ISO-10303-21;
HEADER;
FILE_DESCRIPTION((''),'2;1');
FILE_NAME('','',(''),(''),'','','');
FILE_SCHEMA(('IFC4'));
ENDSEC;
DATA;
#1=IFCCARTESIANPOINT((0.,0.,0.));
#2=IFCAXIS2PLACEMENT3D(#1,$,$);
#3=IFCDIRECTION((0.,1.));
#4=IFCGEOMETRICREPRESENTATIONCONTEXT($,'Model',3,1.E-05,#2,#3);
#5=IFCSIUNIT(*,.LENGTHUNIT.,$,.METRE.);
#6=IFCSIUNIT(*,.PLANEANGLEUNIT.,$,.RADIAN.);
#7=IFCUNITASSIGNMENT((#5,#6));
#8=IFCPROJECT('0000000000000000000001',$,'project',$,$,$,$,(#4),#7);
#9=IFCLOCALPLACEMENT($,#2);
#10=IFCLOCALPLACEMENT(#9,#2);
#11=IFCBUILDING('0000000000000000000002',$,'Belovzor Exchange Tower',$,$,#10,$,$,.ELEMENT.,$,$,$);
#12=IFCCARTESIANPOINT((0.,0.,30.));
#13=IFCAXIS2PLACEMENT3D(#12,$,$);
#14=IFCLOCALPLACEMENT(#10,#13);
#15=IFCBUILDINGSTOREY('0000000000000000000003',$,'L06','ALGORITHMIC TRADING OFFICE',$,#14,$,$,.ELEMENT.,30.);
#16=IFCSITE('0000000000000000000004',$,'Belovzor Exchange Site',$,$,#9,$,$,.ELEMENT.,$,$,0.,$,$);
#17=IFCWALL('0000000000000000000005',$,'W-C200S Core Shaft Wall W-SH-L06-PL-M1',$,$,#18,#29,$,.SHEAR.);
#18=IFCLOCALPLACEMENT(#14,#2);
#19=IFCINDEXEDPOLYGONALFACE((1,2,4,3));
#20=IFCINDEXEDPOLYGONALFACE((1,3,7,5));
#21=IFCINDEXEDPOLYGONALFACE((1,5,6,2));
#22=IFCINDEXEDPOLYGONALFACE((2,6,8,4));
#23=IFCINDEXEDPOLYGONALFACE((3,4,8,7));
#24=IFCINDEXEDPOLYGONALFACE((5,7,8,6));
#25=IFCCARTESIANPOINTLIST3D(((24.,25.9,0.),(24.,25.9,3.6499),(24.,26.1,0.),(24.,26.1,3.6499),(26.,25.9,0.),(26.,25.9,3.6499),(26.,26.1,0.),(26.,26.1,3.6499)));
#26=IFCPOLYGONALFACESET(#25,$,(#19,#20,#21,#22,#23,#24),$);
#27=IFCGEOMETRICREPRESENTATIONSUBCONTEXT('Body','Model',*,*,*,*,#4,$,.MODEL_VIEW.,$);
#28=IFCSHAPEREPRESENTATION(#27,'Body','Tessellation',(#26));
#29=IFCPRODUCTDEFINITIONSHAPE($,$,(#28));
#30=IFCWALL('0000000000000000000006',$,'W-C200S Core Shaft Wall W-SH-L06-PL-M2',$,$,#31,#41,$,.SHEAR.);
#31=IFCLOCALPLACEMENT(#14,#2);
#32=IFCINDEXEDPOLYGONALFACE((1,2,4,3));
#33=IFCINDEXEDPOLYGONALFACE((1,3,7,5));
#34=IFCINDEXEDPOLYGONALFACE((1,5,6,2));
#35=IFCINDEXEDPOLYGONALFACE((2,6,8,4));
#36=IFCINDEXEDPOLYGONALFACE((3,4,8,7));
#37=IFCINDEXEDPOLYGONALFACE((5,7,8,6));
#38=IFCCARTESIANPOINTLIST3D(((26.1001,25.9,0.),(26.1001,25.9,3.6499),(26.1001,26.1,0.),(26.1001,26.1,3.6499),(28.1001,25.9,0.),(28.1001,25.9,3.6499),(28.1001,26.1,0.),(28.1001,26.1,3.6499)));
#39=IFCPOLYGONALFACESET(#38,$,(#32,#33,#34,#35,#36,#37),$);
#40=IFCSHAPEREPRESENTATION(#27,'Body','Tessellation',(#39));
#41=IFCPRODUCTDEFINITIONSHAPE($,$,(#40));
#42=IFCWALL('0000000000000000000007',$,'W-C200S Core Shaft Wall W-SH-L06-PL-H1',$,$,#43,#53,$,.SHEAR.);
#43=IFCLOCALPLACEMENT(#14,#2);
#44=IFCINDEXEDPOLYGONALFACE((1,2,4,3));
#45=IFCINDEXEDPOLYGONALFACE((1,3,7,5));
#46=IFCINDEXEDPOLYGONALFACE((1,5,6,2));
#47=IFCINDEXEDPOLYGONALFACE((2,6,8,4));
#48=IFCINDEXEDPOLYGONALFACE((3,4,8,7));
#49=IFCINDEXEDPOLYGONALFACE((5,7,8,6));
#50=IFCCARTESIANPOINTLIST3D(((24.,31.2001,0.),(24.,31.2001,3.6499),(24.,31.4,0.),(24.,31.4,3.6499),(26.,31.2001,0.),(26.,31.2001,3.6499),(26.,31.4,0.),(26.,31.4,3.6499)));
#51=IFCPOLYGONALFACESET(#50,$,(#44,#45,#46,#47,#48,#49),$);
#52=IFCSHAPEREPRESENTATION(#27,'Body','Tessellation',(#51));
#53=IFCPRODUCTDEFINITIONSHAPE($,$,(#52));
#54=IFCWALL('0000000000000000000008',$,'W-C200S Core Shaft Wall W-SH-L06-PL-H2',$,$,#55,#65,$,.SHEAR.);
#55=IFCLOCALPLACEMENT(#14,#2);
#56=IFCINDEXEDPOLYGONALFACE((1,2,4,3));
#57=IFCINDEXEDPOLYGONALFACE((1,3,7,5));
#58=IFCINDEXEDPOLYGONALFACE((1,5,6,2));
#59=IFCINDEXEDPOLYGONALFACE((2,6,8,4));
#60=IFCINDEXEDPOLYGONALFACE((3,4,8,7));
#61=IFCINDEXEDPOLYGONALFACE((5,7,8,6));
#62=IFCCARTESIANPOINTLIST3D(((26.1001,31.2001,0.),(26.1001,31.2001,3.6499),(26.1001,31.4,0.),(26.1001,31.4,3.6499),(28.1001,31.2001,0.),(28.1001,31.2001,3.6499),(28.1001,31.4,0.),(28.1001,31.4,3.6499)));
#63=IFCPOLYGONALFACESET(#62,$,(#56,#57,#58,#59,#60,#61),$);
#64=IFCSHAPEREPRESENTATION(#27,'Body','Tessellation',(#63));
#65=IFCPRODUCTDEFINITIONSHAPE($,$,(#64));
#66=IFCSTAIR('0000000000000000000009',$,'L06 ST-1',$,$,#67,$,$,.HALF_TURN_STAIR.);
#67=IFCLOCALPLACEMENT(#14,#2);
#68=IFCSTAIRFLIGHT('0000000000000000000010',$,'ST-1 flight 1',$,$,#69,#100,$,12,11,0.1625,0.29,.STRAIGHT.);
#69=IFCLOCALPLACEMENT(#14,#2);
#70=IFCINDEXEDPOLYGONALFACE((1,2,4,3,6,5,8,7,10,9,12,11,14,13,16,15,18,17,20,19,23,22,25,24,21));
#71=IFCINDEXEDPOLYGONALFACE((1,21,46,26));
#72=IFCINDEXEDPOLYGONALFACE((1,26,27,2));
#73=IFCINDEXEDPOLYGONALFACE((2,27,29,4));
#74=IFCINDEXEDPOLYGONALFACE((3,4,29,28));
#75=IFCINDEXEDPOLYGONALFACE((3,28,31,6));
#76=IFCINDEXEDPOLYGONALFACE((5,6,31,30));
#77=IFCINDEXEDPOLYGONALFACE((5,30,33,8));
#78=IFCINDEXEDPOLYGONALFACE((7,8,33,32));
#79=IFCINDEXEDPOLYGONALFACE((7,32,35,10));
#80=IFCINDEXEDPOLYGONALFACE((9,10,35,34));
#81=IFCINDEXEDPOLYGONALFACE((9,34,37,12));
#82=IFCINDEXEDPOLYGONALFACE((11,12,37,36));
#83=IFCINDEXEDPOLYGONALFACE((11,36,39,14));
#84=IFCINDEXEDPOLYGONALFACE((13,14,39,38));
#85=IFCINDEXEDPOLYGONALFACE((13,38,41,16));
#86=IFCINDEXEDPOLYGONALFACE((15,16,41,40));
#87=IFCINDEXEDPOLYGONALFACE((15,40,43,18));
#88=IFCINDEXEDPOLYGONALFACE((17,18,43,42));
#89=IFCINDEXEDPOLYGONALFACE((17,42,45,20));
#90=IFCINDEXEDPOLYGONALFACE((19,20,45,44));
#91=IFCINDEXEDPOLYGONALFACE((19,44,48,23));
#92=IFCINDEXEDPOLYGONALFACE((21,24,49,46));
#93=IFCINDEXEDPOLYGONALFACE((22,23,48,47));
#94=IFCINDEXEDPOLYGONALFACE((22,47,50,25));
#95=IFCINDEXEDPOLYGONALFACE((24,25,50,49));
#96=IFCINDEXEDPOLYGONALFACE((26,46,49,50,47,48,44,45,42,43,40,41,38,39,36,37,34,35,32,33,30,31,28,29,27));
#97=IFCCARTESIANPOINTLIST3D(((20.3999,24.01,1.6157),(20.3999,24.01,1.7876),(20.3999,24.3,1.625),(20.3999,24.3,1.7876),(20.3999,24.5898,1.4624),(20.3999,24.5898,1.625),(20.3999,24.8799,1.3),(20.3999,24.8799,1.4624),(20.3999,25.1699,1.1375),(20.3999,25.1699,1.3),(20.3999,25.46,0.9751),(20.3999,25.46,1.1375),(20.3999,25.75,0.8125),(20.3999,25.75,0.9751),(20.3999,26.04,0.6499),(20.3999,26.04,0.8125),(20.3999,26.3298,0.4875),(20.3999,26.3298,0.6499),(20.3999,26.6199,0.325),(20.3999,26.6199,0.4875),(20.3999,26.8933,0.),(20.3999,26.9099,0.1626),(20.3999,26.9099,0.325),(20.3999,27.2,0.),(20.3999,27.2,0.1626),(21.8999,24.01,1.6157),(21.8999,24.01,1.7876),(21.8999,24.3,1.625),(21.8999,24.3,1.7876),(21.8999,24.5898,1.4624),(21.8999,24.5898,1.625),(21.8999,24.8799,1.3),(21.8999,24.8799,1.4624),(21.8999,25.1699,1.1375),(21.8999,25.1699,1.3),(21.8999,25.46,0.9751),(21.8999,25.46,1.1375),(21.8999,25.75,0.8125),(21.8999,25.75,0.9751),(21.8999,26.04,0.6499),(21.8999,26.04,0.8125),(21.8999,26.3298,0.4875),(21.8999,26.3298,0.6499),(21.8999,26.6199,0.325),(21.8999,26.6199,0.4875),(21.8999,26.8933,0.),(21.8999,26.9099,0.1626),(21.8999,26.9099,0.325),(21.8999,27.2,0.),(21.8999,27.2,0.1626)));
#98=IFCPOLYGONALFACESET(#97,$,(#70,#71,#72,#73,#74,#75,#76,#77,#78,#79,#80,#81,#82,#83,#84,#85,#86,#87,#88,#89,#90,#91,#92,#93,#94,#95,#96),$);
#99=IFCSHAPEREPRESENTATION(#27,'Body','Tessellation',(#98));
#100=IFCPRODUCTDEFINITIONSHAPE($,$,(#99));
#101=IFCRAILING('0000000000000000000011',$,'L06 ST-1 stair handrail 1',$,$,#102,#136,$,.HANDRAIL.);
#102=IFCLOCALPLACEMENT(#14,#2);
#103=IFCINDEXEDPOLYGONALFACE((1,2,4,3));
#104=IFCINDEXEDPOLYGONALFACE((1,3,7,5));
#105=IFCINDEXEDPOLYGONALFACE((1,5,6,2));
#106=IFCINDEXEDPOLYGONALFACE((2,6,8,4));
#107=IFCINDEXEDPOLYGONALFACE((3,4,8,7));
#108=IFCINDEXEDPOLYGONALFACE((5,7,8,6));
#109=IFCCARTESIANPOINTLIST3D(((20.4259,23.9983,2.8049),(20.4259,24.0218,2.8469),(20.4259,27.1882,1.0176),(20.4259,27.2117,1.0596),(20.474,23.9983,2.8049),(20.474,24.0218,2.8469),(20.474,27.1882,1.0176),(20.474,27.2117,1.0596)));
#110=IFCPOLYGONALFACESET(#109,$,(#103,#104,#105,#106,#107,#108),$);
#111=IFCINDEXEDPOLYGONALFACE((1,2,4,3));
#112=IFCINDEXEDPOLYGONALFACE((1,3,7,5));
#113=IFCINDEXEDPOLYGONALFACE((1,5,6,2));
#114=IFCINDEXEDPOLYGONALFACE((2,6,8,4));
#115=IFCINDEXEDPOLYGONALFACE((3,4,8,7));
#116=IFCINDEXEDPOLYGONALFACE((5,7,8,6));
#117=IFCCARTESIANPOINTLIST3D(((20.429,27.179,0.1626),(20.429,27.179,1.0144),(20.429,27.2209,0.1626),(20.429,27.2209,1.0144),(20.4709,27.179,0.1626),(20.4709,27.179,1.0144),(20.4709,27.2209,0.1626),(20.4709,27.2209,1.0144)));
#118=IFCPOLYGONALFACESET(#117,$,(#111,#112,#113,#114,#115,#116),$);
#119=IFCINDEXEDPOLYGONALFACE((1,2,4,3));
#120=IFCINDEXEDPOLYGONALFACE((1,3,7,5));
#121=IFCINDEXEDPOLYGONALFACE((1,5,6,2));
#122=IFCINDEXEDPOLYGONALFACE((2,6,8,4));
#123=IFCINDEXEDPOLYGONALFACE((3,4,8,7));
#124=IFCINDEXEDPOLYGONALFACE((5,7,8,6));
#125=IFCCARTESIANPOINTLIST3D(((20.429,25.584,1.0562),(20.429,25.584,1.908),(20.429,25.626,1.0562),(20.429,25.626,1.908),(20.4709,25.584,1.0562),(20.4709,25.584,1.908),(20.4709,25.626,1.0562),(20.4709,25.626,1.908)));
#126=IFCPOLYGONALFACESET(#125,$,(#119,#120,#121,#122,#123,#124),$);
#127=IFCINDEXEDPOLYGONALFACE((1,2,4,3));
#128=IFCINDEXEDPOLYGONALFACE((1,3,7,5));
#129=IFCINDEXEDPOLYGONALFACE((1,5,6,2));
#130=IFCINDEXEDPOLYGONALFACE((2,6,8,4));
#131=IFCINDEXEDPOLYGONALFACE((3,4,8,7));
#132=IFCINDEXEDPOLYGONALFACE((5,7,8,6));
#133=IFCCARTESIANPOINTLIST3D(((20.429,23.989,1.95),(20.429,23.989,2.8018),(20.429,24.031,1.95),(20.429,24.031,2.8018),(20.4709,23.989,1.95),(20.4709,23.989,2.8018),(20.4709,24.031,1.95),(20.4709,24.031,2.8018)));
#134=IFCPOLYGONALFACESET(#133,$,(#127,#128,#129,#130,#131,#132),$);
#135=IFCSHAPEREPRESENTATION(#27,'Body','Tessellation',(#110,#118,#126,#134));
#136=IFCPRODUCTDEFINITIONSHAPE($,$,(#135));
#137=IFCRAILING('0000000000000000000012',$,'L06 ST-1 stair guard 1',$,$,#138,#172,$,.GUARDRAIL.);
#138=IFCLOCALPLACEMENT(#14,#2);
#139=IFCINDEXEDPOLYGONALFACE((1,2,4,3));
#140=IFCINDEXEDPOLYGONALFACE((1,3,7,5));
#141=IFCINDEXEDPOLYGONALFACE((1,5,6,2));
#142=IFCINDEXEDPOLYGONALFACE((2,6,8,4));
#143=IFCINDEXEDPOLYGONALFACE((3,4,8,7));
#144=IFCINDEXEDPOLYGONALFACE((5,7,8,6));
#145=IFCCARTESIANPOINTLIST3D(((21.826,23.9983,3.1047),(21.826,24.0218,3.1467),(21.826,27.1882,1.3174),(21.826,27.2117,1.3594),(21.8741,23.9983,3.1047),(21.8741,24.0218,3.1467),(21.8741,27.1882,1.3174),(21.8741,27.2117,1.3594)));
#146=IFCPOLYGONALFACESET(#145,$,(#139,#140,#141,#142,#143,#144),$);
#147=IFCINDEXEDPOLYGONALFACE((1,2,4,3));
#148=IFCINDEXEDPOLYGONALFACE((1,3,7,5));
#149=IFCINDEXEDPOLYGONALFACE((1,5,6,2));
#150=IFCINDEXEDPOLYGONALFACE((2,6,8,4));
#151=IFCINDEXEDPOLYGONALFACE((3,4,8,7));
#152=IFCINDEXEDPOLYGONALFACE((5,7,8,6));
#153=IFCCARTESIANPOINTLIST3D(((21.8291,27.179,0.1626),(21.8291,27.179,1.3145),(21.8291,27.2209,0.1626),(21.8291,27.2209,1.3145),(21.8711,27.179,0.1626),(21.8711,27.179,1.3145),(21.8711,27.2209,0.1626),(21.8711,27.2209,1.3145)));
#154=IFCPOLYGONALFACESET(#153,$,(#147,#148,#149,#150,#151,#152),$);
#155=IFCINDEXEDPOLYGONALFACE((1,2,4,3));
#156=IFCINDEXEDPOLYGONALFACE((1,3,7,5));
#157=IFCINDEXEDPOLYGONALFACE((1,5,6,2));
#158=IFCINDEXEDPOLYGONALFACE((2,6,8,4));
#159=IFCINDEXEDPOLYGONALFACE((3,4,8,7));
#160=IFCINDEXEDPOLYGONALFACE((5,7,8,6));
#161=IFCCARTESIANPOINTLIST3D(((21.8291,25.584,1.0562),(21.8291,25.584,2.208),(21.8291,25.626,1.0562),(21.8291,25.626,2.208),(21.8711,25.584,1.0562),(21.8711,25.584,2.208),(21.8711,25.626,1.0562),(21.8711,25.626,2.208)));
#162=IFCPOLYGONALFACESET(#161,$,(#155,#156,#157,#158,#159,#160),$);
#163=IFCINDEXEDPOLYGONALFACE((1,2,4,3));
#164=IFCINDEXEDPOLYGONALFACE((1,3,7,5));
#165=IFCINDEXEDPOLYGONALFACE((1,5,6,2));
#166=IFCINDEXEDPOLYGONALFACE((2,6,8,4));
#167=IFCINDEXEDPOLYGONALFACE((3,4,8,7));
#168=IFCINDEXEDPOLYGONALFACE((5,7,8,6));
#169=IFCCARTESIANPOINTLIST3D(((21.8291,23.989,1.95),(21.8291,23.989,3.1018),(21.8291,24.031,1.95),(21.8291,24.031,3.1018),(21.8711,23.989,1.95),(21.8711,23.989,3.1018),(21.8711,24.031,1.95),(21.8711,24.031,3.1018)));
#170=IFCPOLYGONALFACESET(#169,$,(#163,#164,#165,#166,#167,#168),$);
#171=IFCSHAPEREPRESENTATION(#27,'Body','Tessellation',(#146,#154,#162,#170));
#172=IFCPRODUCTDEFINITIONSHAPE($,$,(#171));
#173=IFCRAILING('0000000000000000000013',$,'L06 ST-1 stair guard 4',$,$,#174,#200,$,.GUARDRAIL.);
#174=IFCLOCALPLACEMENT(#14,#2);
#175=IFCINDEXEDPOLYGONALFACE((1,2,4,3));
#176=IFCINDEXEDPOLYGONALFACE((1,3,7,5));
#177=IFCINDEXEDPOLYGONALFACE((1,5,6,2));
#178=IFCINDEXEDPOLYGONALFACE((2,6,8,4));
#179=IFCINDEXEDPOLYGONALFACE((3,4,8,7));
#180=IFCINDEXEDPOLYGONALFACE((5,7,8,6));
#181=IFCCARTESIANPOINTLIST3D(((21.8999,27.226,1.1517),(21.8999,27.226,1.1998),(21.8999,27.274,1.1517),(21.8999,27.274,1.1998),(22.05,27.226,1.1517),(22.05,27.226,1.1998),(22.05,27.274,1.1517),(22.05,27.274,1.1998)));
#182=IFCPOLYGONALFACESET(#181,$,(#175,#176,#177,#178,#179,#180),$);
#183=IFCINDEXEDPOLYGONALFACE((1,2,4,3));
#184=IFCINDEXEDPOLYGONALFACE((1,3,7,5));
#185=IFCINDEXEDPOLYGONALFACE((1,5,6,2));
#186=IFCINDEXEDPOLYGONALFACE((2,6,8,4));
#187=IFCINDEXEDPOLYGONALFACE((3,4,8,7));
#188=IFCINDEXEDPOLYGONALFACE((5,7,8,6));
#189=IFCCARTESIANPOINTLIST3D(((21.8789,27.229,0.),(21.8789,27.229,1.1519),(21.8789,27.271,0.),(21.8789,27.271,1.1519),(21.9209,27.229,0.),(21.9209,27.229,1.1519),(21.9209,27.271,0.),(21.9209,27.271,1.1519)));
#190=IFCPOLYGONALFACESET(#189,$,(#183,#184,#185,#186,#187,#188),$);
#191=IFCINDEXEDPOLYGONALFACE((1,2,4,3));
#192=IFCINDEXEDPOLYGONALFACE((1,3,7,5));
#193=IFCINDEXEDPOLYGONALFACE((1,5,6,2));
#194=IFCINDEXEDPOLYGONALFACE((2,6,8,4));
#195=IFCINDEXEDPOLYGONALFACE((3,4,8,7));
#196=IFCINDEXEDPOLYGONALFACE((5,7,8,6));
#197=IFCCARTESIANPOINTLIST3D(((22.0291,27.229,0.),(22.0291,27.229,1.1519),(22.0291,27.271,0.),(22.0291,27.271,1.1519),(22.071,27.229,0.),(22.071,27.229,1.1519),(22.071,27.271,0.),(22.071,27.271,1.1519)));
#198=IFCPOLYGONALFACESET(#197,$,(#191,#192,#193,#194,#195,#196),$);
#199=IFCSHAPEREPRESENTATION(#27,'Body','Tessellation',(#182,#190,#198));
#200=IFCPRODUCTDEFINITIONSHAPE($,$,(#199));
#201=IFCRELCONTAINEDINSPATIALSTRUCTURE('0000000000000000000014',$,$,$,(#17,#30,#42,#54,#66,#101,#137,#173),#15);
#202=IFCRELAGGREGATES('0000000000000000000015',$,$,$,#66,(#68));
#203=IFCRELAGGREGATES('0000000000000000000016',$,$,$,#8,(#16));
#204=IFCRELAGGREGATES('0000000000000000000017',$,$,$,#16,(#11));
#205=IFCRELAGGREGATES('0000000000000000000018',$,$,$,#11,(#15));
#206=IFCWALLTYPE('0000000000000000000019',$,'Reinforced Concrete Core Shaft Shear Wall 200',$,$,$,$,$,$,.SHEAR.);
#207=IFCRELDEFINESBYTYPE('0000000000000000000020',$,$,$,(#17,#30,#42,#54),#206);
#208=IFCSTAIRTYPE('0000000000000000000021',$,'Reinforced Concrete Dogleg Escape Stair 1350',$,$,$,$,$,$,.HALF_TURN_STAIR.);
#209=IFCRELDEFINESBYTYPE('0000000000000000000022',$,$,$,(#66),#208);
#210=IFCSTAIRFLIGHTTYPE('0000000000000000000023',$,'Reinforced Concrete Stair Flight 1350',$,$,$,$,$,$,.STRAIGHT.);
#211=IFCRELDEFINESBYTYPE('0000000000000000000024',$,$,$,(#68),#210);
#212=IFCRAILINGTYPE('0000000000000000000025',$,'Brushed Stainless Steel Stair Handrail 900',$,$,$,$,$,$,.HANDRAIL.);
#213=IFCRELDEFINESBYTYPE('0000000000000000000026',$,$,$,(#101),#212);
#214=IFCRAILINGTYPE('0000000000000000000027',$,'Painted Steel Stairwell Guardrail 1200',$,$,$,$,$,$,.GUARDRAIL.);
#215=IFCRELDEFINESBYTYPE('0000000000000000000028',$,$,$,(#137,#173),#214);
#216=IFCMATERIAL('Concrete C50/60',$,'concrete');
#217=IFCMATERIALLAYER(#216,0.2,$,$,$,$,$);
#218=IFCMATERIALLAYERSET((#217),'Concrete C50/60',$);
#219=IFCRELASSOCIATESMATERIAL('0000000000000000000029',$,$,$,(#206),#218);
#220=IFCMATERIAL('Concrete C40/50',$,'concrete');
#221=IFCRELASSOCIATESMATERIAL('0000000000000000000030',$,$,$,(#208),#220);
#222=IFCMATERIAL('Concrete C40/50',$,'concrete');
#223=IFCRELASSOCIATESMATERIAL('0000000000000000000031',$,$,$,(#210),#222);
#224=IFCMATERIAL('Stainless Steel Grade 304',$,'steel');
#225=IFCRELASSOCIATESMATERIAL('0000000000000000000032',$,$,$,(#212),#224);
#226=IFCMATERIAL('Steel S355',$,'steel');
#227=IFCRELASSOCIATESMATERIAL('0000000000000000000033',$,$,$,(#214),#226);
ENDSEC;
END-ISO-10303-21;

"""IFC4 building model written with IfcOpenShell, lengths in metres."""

from ifc_helpers import new_model, si_unit, direction, frame, frame_2d, origin, origin_2d, place, context, subcontext, project, spatial, polyline, rectangle, outline, extrude, material, layer, layer_set, type_object, element, aggregate, save


model = new_model("IFC4")

# Units and contexts
model_context = context("Model", 3, precision=1e-05, world=origin(), true_north=direction((0.0, 1.0)))
body_context = subcontext(model_context, "Body", "Model", "MODEL_VIEW")
ifc_project = project(units=[si_unit("LENGTHUNIT", "METRE"), si_unit("PLANEANGLEUNIT", "RADIAN")], contexts=[model_context])

# Site, building, storey
site_placement = place(None, origin())
site = spatial("IfcSite", under=ifc_project, at=site_placement, Name="Belovzor Exchange Site", CompositionType="ELEMENT", RefElevation=0.0)
building_placement = place(site_placement, origin())
building = spatial("IfcBuilding", under=site, at=building_placement, Name="Belovzor Exchange Tower", CompositionType="ELEMENT")
storey_placement = place(building_placement, frame((0.0, 0.0, 30.0)))
storey = spatial("IfcBuildingStorey", under=building, at=storey_placement, Name="L06", Description="ALGORITHMIC TRADING OFFICE", CompositionType="ELEMENT", Elevation=30.0)

# Shared definitions
ifc_material_1 = material(Name="Concrete C50/60", Category="concrete")
ifc_layer_1 = layer(ifc_material_1, 0.2)
ifc_layer_set_1 = layer_set([ifc_layer_1], Name="Concrete C50/60")
wall_type_1 = type_object("IfcWallType", Name="Reinforced Concrete Core Shaft Shear Wall 200", PredefinedType="SHEAR", material=ifc_layer_set_1)

# Walls
for number, where, z_axis, x_axis, name in (
    (1, (24.0, 26.0, 0.0), (0.0, 0.0, 1.0), (1.0, 0.0, 0.0), "W-C200S Core Shaft Wall W-SH-L06-PL-M1"),
    (2, (26.1001, 26.0, 0.0), (0.0, 0.0, 1.0), (1.0, 0.0, 0.0), "W-C200S Core Shaft Wall W-SH-L06-PL-M2"),
    (3, (24.0, 31.3, 0.0), (0.0, 0.0, 1.0), (1.0, 0.0, 0.0), "W-C200S Core Shaft Wall W-SH-L06-PL-H1"),
    (4, (26.1001, 31.3, 0.0), (0.0, 0.0, 1.0), (1.0, 0.0, 0.0), "W-C200S Core Shaft Wall W-SH-L06-PL-H2"),
):
    element("IfcWall", number, at=place(storey_placement, frame(where, z_axis=z_axis, x_axis=x_axis)), inside=storey, type_object=wall_type_1, Name=name, PredefinedType="SHEAR", context=body_context, shape_type="SweptSolid", body=[
        extrude(rectangle(XDim=2.0, YDim=0.2, at=frame_2d((1.0, 0.0))), origin(), (0.0, 0.0, 1.0), 3.6499),
    ])

# Stair, stair flight
ifc_material_2 = material(Name="Concrete C40/50", Category="concrete")
stair_type = type_object("IfcStairType", Name="Reinforced Concrete Dogleg Escape Stair 1350", PredefinedType="HALF_TURN_STAIR", material=ifc_material_2)
stair_placement = place(storey_placement, origin())
stair = element("IfcStair", 5, at=stair_placement, inside=storey, type_object=stair_type, Name="L06 ST-1", PredefinedType="HALF_TURN_STAIR")
ifc_material_3 = material(Name="Concrete C40/50", Category="concrete")
stair_flight_type = type_object("IfcStairFlightType", Name="Reinforced Concrete Stair Flight 1350", PredefinedType="STRAIGHT", material=ifc_material_3)
stair_flight_placement = place(storey_placement, frame((21.1499, 27.2, 0.0), z_axis=(0.0, 0.0, 1.0), x_axis=(0.0, -1.0, 0.0)))
stair_flight = element("IfcStairFlight", 6, at=stair_flight_placement, type_object=stair_flight_type, Name="ST-1 flight 1", NumberOfRisers=12, NumberOfTreads=11, PredefinedType="STRAIGHT", RiserHeight=0.1625, TreadLength=0.29, context=body_context, shape_type="SweptSolid", body=[
    extrude(outline(polyline([(0.0, 0.0), (0.0, 0.1626), (0.29, 0.1626), (0.29, 0.325), (0.5801, 0.325), (0.5801, 0.4875), (0.8701, 0.4875), (0.8701, 0.6499), (1.1599, 0.6499), (1.1599, 0.8125), (1.45, 0.8125), (1.45, 0.9751), (1.74, 0.9751), (1.74, 1.1375), (2.03, 1.1375), (2.03, 1.3), (2.3201, 1.3), (2.3201, 1.4624), (2.6101, 1.4624), (2.6101, 1.625), (2.8999, 1.625), (2.8999, 1.7876), (3.1899, 1.7876), (3.1899, 1.95), (3.1899, 1.6157), (0.3066, 0.0), (0.0, 0.0)])), frame((0.0, 0.75, 0.0), z_axis=(0.0, -1.0, 0.0), x_axis=(1.0, 0.0, 0.0)), (0.0, 0.0, 1.0), 1.5),
])
aggregate(stair, [stair_flight])

# Railings
ifc_material_4 = material(Name="Stainless Steel Grade 304", Category="steel")
railing_type_1 = type_object("IfcRailingType", Name="Brushed Stainless Steel Stair Handrail 900", PredefinedType="HANDRAIL", material=ifc_material_4)
railing_1_placement = place(storey_placement, frame((20.45, 27.2, 0.1626)))
element("IfcRailing", 7, at=railing_1_placement, inside=storey, type_object=railing_type_1, Name="L06 ST-1 stair handrail 1", PredefinedType="HANDRAIL", context=body_context, shape_type="SweptSolid", body=[
    extrude(rectangle(XDim=0.0481, YDim=0.0481, at=origin_2d()), frame((0.0, 0.0, 0.876), z_axis=(0.0, -0.872391, 0.488809), x_axis=(1.0, 0.0, 0.0)), (0.0, 0.0, 1.0), 3.6565),
    extrude(rectangle(XDim=0.042, YDim=0.042, at=origin_2d()), origin(), (0.0, 0.0, 1.0), 0.8518),
    extrude(rectangle(XDim=0.042, YDim=0.042, at=origin_2d()), frame((0.0, -1.595, 0.8936)), (0.0, 0.0, 1.0), 0.8518),
    extrude(rectangle(XDim=0.042, YDim=0.042, at=origin_2d()), frame((0.0, -3.1899, 1.7874)), (0.0, 0.0, 1.0), 0.8518),
])
ifc_material_5 = material(Name="Steel S355", Category="steel")
railing_type_2 = type_object("IfcRailingType", Name="Painted Steel Stairwell Guardrail 1200", PredefinedType="GUARDRAIL", material=ifc_material_5)
railing_2_placement = place(storey_placement, frame((21.8501, 27.2, 0.1626)))
element("IfcRailing", 8, at=railing_2_placement, inside=storey, type_object=railing_type_2, Name="L06 ST-1 stair guard 1", PredefinedType="GUARDRAIL", context=body_context, shape_type="SweptSolid", body=[
    extrude(rectangle(XDim=0.0481, YDim=0.0481, at=origin_2d()), frame((0.0, 0.0, 1.1758), z_axis=(0.0, -0.872391, 0.488809), x_axis=(1.0, 0.0, 0.0)), (0.0, 0.0, 1.0), 3.6565),
    extrude(rectangle(XDim=0.042, YDim=0.042, at=origin_2d()), origin(), (0.0, 0.0, 1.0), 1.1519),
    extrude(rectangle(XDim=0.042, YDim=0.042, at=origin_2d()), frame((0.0, -1.595, 0.8936)), (0.0, 0.0, 1.0), 1.1519),
    extrude(rectangle(XDim=0.042, YDim=0.042, at=origin_2d()), frame((0.0, -3.1899, 1.7874)), (0.0, 0.0, 1.0), 1.1519),
])
railing_3_placement = place(storey_placement, frame((21.8999, 27.25, 0.0)))
element("IfcRailing", 9, at=railing_3_placement, inside=storey, type_object=railing_type_2, Name="L06 ST-1 stair guard 4", PredefinedType="GUARDRAIL", context=body_context, shape_type="SweptSolid", body=[
    extrude(rectangle(XDim=0.0481, YDim=0.0481, at=origin_2d()), frame((0.0, 0.0, 1.1758), z_axis=(1.0, 0.0, 0.0), x_axis=(0.0, 1.0, 0.0)), (0.0, 0.0, 1.0), 0.1501),
    extrude(rectangle(XDim=0.042, YDim=0.042, at=origin_2d()), origin(), (0.0, 0.0, 1.0), 1.1519),
    extrude(rectangle(XDim=0.042, YDim=0.042, at=origin_2d()), frame((0.1501, 0.0, 0.0)), (0.0, 0.0, 1.0), 1.1519),
])

save(model, "model.ifc")
